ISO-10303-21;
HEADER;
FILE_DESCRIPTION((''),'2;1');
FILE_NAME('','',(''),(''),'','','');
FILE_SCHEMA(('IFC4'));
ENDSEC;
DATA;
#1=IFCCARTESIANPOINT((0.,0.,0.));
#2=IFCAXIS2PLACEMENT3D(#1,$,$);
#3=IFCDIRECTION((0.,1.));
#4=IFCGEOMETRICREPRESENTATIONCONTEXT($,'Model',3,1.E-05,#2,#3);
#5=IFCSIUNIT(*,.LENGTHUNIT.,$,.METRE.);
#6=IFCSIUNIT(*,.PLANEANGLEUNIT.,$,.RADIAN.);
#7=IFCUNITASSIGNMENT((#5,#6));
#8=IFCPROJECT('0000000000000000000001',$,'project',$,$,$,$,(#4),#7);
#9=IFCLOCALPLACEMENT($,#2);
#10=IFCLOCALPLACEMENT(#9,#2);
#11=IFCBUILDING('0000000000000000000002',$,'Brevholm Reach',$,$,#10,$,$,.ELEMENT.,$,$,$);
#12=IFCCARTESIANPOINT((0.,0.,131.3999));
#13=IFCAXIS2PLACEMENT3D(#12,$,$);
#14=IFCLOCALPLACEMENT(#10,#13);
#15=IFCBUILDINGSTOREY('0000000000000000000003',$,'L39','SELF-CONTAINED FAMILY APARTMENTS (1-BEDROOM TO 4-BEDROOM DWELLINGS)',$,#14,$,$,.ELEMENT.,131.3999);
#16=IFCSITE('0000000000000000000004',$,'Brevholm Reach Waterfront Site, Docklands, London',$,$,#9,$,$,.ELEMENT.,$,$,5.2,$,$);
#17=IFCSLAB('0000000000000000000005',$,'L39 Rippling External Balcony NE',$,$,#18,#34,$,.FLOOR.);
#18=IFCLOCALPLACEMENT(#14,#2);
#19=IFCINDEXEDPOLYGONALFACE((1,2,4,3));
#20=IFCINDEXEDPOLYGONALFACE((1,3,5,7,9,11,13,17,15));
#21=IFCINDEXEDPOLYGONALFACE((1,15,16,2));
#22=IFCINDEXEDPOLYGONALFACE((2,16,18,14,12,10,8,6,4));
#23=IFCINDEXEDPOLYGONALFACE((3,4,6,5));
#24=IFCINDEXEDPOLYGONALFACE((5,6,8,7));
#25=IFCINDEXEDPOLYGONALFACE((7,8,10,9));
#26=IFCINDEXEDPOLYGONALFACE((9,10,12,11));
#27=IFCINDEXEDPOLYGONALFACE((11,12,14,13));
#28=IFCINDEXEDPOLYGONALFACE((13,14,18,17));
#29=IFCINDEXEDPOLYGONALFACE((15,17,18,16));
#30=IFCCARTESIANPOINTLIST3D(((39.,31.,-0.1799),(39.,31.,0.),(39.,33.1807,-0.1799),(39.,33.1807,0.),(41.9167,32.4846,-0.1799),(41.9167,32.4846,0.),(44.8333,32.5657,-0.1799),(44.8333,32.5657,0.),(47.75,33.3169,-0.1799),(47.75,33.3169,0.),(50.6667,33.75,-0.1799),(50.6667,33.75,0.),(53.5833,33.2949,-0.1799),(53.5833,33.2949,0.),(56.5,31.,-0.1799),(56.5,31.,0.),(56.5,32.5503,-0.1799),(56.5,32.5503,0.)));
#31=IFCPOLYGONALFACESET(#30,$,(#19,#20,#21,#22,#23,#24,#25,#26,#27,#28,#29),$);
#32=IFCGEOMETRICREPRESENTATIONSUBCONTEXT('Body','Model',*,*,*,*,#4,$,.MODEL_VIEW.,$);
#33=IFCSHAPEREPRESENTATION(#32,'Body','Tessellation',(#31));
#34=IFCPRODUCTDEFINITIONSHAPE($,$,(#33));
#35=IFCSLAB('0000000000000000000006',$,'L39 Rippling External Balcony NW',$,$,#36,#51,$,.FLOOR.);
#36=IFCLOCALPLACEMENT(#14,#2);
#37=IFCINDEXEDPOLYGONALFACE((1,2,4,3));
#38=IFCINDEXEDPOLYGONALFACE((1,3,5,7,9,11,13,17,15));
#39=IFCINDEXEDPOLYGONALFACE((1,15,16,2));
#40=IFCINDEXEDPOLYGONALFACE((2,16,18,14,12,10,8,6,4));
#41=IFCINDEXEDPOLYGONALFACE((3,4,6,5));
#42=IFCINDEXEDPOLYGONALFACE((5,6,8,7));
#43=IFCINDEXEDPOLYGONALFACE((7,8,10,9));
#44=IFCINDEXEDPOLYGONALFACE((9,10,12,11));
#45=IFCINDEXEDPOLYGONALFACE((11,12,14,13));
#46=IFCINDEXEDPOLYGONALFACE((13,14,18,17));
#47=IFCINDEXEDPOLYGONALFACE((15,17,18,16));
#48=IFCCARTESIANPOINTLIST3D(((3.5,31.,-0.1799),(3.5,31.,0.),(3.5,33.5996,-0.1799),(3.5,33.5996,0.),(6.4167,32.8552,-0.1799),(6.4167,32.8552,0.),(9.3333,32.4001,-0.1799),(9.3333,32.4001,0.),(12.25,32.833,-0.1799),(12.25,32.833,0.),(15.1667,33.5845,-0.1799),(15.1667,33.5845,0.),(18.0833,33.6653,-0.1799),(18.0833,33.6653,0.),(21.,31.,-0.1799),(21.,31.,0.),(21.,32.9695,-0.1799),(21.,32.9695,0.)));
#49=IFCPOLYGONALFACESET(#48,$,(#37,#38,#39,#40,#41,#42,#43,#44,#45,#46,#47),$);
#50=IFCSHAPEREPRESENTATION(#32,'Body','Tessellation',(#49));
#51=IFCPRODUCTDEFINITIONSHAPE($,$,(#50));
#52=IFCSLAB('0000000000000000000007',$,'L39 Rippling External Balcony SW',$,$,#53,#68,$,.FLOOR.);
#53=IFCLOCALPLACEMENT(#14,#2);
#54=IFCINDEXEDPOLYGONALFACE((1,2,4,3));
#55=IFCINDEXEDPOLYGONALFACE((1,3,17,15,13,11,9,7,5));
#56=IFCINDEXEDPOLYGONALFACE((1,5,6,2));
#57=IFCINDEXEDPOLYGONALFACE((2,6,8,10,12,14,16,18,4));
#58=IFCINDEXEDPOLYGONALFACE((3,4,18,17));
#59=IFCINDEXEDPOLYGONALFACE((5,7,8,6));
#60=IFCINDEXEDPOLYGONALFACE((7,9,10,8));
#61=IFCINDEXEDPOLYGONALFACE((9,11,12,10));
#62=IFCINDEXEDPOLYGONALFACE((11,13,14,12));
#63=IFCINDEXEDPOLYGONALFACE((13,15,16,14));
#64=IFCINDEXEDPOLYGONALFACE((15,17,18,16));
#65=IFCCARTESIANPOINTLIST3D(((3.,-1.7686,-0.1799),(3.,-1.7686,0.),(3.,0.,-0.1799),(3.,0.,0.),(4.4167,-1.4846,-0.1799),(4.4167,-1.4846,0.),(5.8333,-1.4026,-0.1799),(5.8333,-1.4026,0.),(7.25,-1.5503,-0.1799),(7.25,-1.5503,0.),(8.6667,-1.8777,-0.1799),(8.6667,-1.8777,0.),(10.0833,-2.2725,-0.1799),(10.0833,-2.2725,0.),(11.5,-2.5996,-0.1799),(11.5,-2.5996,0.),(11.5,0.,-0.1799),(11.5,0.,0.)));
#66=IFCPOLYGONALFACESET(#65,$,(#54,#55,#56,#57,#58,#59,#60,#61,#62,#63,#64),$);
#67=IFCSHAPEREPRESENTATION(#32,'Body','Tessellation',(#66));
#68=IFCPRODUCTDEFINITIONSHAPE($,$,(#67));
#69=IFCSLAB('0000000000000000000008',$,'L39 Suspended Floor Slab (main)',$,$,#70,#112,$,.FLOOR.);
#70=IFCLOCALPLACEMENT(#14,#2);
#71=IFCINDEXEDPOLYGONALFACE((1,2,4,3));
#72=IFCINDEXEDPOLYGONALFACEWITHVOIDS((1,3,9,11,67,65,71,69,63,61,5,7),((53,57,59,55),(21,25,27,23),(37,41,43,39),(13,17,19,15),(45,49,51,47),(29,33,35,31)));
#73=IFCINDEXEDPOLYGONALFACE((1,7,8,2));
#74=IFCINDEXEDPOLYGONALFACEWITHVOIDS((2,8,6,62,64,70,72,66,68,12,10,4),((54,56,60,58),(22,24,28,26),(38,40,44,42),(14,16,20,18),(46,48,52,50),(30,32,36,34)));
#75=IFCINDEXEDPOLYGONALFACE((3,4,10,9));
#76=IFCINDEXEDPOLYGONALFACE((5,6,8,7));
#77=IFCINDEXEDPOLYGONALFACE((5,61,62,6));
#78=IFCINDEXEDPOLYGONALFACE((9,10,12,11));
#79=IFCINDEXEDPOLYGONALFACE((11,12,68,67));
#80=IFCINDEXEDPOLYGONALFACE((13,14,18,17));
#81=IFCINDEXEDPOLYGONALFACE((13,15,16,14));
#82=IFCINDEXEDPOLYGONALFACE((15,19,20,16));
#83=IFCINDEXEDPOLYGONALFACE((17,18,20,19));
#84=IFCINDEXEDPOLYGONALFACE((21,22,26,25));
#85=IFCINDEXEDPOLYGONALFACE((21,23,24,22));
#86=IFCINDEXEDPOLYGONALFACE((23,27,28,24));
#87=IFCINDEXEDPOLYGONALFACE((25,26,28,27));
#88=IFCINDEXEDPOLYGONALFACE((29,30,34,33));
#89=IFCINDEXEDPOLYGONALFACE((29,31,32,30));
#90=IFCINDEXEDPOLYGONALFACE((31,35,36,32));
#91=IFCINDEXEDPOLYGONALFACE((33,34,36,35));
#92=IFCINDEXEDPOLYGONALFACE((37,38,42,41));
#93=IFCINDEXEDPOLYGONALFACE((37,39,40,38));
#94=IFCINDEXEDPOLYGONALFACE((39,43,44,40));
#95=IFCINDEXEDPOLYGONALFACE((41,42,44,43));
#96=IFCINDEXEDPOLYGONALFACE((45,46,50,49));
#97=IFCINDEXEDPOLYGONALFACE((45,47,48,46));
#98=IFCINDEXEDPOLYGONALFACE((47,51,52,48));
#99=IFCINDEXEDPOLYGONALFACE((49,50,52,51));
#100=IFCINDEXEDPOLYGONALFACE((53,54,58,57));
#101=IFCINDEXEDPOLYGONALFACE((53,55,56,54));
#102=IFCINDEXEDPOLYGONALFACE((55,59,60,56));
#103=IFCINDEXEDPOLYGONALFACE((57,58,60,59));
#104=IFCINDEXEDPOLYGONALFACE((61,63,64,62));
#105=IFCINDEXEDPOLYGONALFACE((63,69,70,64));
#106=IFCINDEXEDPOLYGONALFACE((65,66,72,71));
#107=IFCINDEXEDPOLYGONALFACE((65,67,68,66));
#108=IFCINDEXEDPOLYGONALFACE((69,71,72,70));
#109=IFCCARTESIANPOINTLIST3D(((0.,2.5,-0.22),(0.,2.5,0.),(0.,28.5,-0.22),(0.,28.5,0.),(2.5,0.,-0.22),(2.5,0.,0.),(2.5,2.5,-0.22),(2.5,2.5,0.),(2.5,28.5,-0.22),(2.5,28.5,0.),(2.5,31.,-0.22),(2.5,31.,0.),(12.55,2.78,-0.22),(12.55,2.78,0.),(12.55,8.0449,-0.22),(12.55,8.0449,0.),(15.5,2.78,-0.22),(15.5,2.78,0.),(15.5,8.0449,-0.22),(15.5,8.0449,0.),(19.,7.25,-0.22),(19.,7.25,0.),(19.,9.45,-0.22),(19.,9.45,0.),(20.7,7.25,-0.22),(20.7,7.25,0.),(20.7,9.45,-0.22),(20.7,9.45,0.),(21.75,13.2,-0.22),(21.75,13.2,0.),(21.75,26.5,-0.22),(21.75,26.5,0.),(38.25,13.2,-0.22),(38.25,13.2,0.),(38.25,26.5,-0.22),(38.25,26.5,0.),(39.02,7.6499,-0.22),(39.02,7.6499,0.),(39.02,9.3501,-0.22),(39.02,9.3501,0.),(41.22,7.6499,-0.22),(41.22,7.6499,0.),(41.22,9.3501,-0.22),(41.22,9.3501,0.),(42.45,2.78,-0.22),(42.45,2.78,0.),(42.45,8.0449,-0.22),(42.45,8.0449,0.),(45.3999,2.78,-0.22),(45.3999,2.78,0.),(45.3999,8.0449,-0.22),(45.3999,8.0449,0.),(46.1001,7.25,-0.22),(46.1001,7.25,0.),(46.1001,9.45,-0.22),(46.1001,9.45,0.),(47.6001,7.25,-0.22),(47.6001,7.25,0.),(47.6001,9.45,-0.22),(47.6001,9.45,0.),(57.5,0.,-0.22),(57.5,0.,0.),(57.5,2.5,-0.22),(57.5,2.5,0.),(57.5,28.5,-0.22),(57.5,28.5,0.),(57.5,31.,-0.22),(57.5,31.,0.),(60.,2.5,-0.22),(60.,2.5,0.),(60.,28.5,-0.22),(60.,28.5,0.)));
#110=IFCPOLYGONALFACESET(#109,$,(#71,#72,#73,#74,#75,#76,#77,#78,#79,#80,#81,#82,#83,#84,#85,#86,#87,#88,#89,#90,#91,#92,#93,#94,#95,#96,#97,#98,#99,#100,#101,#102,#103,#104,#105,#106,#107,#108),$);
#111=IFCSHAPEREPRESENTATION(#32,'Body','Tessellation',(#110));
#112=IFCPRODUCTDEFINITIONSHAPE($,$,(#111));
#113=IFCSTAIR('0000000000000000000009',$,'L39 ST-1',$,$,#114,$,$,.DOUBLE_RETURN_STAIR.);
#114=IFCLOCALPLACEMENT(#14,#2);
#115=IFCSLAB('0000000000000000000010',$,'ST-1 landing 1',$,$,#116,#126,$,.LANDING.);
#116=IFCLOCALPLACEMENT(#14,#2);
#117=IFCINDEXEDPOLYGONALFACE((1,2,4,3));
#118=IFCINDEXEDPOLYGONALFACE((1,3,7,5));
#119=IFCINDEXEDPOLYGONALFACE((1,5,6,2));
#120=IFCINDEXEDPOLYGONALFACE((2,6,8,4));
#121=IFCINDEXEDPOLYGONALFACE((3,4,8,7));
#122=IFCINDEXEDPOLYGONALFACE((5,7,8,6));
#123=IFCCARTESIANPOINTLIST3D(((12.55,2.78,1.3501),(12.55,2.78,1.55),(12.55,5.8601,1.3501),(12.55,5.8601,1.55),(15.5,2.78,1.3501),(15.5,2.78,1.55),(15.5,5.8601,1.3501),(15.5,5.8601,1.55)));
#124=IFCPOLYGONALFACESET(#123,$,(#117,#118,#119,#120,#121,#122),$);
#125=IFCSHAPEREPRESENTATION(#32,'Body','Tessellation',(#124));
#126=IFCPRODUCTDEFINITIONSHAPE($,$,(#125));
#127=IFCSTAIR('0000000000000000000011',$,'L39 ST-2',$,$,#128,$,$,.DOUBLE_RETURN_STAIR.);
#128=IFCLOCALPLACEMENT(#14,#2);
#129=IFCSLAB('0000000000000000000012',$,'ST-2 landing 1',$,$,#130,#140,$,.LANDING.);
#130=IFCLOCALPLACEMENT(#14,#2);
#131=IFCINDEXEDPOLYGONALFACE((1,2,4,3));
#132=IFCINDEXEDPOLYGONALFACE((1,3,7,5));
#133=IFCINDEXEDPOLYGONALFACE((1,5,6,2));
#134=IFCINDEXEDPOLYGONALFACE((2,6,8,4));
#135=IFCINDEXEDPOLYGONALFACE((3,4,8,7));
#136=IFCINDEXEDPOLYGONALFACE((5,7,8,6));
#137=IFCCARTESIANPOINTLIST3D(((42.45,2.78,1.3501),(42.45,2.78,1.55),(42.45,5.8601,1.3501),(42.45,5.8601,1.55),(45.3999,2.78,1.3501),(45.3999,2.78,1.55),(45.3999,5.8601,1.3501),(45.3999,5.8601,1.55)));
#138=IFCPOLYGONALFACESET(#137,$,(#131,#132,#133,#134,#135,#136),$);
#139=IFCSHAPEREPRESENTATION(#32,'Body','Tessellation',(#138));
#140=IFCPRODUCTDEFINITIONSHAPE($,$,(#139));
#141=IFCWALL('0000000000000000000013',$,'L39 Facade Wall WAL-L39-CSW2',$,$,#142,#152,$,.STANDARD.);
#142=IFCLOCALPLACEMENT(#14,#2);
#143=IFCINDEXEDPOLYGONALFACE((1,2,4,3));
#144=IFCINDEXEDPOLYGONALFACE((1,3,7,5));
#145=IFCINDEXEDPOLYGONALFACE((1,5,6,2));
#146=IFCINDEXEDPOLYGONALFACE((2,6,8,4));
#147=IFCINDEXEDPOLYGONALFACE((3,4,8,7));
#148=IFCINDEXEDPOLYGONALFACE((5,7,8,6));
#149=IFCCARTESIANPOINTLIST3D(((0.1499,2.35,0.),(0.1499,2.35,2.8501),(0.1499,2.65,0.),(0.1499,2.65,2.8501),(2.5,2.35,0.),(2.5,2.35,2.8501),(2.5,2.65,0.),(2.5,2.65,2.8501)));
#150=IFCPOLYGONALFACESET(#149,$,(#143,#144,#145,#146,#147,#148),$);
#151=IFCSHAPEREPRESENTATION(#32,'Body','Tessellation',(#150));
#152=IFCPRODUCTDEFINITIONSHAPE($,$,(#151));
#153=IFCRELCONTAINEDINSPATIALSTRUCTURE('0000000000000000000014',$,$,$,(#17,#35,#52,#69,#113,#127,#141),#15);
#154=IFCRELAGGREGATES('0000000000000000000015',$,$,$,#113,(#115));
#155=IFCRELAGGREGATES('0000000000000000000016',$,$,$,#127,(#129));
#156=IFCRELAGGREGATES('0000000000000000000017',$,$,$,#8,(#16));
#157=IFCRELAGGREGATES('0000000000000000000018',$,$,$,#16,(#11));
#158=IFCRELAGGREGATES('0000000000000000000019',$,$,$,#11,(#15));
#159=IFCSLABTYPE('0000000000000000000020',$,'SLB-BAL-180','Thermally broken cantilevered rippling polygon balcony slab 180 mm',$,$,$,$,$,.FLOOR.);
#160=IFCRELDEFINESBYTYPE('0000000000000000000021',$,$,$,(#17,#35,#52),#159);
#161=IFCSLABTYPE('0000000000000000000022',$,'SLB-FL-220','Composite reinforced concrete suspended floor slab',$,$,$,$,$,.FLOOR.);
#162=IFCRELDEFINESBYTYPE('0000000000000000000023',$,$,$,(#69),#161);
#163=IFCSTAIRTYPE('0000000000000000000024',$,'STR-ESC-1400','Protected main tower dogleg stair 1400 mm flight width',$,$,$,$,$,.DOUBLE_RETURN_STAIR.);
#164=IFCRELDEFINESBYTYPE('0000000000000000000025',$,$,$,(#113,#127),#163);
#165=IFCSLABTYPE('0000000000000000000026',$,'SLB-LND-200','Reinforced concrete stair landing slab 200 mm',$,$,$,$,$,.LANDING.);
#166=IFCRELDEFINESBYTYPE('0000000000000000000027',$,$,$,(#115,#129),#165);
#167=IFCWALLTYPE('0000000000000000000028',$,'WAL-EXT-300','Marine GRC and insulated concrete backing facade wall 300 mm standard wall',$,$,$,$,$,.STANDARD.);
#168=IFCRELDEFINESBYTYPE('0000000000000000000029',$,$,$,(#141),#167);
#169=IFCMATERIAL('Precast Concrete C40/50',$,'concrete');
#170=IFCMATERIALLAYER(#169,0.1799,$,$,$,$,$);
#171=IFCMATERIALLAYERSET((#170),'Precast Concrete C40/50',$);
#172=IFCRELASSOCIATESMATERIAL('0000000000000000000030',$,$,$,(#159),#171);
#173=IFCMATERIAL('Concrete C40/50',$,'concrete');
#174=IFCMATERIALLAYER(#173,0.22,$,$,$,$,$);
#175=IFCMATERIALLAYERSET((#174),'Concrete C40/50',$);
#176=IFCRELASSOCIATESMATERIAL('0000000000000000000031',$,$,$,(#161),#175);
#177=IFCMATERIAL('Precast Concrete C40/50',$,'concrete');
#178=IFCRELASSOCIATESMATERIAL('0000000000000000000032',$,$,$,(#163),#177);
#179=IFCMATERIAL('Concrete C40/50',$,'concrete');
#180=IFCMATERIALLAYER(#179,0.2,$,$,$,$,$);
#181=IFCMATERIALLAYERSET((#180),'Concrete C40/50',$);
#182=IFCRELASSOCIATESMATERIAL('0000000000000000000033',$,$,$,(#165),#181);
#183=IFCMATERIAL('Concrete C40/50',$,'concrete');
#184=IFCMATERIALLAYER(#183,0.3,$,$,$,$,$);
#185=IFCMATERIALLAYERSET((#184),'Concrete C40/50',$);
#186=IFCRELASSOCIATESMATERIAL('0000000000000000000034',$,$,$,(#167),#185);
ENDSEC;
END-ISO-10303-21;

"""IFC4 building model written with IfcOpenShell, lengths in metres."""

from ifc_helpers import new_model, si_unit, direction, frame, frame_2d, origin, place, context, subcontext, project, spatial, polyline, rectangle, outline, extrude, material, layer, layer_set, type_object, element, aggregate, save


model = new_model("IFC4")

# Units and contexts
model_context = context("Model", 3, precision=1e-05, world=origin(), true_north=direction((0.0, 1.0)))
body_context = subcontext(model_context, "Body", "Model", "MODEL_VIEW")
ifc_project = project(units=[si_unit("LENGTHUNIT", "METRE"), si_unit("PLANEANGLEUNIT", "RADIAN")], contexts=[model_context])

# Site, building, storey
site_placement = place(None, origin())
site = spatial("IfcSite", under=ifc_project, at=site_placement, Name="Brevholm Reach Waterfront Site, Docklands, London", CompositionType="ELEMENT", RefElevation=5.2)
building_placement = place(site_placement, origin())
building = spatial("IfcBuilding", under=site, at=building_placement, Name="Brevholm Reach", CompositionType="ELEMENT")
storey_placement = place(building_placement, frame((0.0, 0.0, 131.3999)))
storey = spatial("IfcBuildingStorey", under=building, at=storey_placement, Name="L39", Description="SELF-CONTAINED FAMILY APARTMENTS (1-BEDROOM TO 4-BEDROOM DWELLINGS)", CompositionType="ELEMENT", Elevation=131.3999)

# Slabs
ifc_material_1 = material(Name="Precast Concrete C40/50", Category="concrete")
ifc_layer_1 = layer(ifc_material_1, 0.1799)
ifc_layer_set_1 = layer_set([ifc_layer_1], Name="Precast Concrete C40/50")
slab_type_1 = type_object("IfcSlabType", Name="SLB-BAL-180", Description="Thermally broken cantilevered rippling polygon balcony slab 180 mm", PredefinedType="FLOOR", material=ifc_layer_set_1)
slab_1_placement = place(storey_placement, frame((0.0, 0.0, -0.1799)))
element("IfcSlab", 1, at=slab_1_placement, inside=storey, type_object=slab_type_1, Name="L39 Rippling External Balcony NE", PredefinedType="FLOOR", context=body_context, shape_type="SweptSolid", body=[
    extrude(outline(polyline([(39.0, 31.0), (56.5, 31.0), (56.5, 32.5503), (53.5833, 33.2949), (50.6667, 33.75), (47.75, 33.3169), (44.8333, 32.5657), (41.9167, 32.4846), (39.0, 33.1807), (39.0, 31.0)])), origin(), (0.0, 0.0, 1.0), 0.1799),
])
slab_2_placement = place(storey_placement, frame((0.0, 0.0, -0.1799)))
element("IfcSlab", 2, at=slab_2_placement, inside=storey, type_object=slab_type_1, Name="L39 Rippling External Balcony NW", PredefinedType="FLOOR", context=body_context, shape_type="SweptSolid", body=[
    extrude(outline(polyline([(3.5, 31.0), (21.0, 31.0), (21.0, 32.9695), (18.0833, 33.6653), (15.1667, 33.5845), (12.25, 32.833), (9.3333, 32.4001), (6.4167, 32.8552), (3.5, 33.5996), (3.5, 31.0)])), origin(), (0.0, 0.0, 1.0), 0.1799),
])
slab_3_placement = place(storey_placement, frame((0.0, 0.0, -0.1799)))
element("IfcSlab", 3, at=slab_3_placement, inside=storey, type_object=slab_type_1, Name="L39 Rippling External Balcony SW", PredefinedType="FLOOR", context=body_context, shape_type="SweptSolid", body=[
    extrude(outline(polyline([(3.0, -1.7686), (4.4167, -1.4846), (5.8333, -1.4026), (7.25, -1.5503), (8.6667, -1.8777), (10.0833, -2.2725), (11.5, -2.5996), (11.5, 0.0), (3.0, 0.0), (3.0, -1.7686)])), origin(), (0.0, 0.0, 1.0), 0.1799),
])
ifc_material_2 = material(Name="Concrete C40/50", Category="concrete")
ifc_layer_2 = layer(ifc_material_2, 0.22)
ifc_layer_set_2 = layer_set([ifc_layer_2], Name="Concrete C40/50")
slab_type_2 = type_object("IfcSlabType", Name="SLB-FL-220", Description="Composite reinforced concrete suspended floor slab", PredefinedType="FLOOR", material=ifc_layer_set_2)
slab_4_placement = place(storey_placement, frame((0.0, 0.0, -0.22)))
element("IfcSlab", 4, at=slab_4_placement, inside=storey, type_object=slab_type_2, Name="L39 Suspended Floor Slab (main)", PredefinedType="FLOOR", context=body_context, shape_type="SweptSolid", body=[
    extrude(outline(polyline([(2.5, 0.0), (57.5, 0.0), (57.5, 2.5), (60.0, 2.5), (60.0, 28.5), (57.5, 28.5), (57.5, 31.0), (2.5, 31.0), (2.5, 28.5), (0.0, 28.5), (0.0, 2.5), (2.5, 2.5), (2.5, 0.0)]), holes=[polyline([(21.75, 13.2), (38.25, 13.2), (38.25, 26.5), (21.75, 26.5), (21.75, 13.2)]), polyline([(12.55, 2.78), (15.5, 2.78), (15.5, 8.0449), (12.55, 8.0449), (12.55, 2.78)]), polyline([(42.45, 2.78), (45.3999, 2.78), (45.3999, 8.0449), (42.45, 8.0449), (42.45, 2.78)]), polyline([(19.0, 7.25), (20.7, 7.25), (20.7, 9.45), (19.0, 9.45), (19.0, 7.25)]), polyline([(46.1001, 7.25), (47.6001, 7.25), (47.6001, 9.45), (46.1001, 9.45), (46.1001, 7.25)]), polyline([(39.02, 7.6499), (41.22, 7.6499), (41.22, 9.3501), (39.02, 9.3501), (39.02, 7.6499)])]), origin(), (0.0, 0.0, 1.0), 0.22),
])

# Stairs, slabs
ifc_material_3 = material(Name="Precast Concrete C40/50", Category="concrete")
stair_type = type_object("IfcStairType", Name="STR-ESC-1400", Description="Protected main tower dogleg stair 1400 mm flight width", PredefinedType="DOUBLE_RETURN_STAIR", material=ifc_material_3)
stair_1_placement = place(storey_placement, origin())
stair_1 = element("IfcStair", 5, at=stair_1_placement, inside=storey, type_object=stair_type, Name="L39 ST-1", PredefinedType="DOUBLE_RETURN_STAIR")
ifc_material_4 = material(Name="Concrete C40/50", Category="concrete")
ifc_layer_3 = layer(ifc_material_4, 0.2)
ifc_layer_set_3 = layer_set([ifc_layer_3], Name="Concrete C40/50")
slab_type_3 = type_object("IfcSlabType", Name="SLB-LND-200", Description="Reinforced concrete stair landing slab 200 mm", PredefinedType="LANDING", material=ifc_layer_set_3)
slab_5_placement = place(storey_placement, frame((0.0, 0.0, 1.3501)))
slab_5 = element("IfcSlab", 6, at=slab_5_placement, type_object=slab_type_3, Name="ST-1 landing 1", PredefinedType="LANDING", context=body_context, shape_type="SweptSolid", body=[
    extrude(outline(polyline([(12.55, 5.8601), (12.55, 2.78), (15.5, 2.78), (15.5, 5.8601), (12.55, 5.8601)])), origin(), (0.0, 0.0, 1.0), 0.2),
])
aggregate(stair_1, [slab_5])
stair_2_placement = place(storey_placement, origin())
stair_2 = element("IfcStair", 7, at=stair_2_placement, inside=storey, type_object=stair_type, Name="L39 ST-2", PredefinedType="DOUBLE_RETURN_STAIR")
slab_6_placement = place(storey_placement, frame((0.0, 0.0, 1.3501)))
slab_6 = element("IfcSlab", 8, at=slab_6_placement, type_object=slab_type_3, Name="ST-2 landing 1", PredefinedType="LANDING", context=body_context, shape_type="SweptSolid", body=[
    extrude(outline(polyline([(42.45, 5.8601), (42.45, 2.78), (45.3999, 2.78), (45.3999, 5.8601), (42.45, 5.8601)])), origin(), (0.0, 0.0, 1.0), 0.2),
])
aggregate(stair_2, [slab_6])

# Wall
ifc_material_5 = material(Name="Concrete C40/50", Category="concrete")
ifc_layer_4 = layer(ifc_material_5, 0.3)
ifc_layer_set_4 = layer_set([ifc_layer_4], Name="Concrete C40/50")
wall_type_1 = type_object("IfcWallType", Name="WAL-EXT-300", Description="Marine GRC and insulated concrete backing facade wall 300 mm standard wall", PredefinedType="STANDARD", material=ifc_layer_set_4)
wall_1_placement = place(storey_placement, frame((0.1499, 2.5, 0.0), z_axis=(0.0, 0.0, 1.0), x_axis=(1.0, 0.0, 0.0)))
element("IfcWall", 9, at=wall_1_placement, inside=storey, type_object=wall_type_1, Name="L39 Facade Wall WAL-L39-CSW2", PredefinedType="STANDARD", context=body_context, shape_type="SweptSolid", body=[
    extrude(rectangle(XDim=2.3501, YDim=0.3, at=frame_2d((1.175, 0.0))), origin(), (0.0, 0.0, 1.0), 2.8501),
])

save(model, "model.ifc")
